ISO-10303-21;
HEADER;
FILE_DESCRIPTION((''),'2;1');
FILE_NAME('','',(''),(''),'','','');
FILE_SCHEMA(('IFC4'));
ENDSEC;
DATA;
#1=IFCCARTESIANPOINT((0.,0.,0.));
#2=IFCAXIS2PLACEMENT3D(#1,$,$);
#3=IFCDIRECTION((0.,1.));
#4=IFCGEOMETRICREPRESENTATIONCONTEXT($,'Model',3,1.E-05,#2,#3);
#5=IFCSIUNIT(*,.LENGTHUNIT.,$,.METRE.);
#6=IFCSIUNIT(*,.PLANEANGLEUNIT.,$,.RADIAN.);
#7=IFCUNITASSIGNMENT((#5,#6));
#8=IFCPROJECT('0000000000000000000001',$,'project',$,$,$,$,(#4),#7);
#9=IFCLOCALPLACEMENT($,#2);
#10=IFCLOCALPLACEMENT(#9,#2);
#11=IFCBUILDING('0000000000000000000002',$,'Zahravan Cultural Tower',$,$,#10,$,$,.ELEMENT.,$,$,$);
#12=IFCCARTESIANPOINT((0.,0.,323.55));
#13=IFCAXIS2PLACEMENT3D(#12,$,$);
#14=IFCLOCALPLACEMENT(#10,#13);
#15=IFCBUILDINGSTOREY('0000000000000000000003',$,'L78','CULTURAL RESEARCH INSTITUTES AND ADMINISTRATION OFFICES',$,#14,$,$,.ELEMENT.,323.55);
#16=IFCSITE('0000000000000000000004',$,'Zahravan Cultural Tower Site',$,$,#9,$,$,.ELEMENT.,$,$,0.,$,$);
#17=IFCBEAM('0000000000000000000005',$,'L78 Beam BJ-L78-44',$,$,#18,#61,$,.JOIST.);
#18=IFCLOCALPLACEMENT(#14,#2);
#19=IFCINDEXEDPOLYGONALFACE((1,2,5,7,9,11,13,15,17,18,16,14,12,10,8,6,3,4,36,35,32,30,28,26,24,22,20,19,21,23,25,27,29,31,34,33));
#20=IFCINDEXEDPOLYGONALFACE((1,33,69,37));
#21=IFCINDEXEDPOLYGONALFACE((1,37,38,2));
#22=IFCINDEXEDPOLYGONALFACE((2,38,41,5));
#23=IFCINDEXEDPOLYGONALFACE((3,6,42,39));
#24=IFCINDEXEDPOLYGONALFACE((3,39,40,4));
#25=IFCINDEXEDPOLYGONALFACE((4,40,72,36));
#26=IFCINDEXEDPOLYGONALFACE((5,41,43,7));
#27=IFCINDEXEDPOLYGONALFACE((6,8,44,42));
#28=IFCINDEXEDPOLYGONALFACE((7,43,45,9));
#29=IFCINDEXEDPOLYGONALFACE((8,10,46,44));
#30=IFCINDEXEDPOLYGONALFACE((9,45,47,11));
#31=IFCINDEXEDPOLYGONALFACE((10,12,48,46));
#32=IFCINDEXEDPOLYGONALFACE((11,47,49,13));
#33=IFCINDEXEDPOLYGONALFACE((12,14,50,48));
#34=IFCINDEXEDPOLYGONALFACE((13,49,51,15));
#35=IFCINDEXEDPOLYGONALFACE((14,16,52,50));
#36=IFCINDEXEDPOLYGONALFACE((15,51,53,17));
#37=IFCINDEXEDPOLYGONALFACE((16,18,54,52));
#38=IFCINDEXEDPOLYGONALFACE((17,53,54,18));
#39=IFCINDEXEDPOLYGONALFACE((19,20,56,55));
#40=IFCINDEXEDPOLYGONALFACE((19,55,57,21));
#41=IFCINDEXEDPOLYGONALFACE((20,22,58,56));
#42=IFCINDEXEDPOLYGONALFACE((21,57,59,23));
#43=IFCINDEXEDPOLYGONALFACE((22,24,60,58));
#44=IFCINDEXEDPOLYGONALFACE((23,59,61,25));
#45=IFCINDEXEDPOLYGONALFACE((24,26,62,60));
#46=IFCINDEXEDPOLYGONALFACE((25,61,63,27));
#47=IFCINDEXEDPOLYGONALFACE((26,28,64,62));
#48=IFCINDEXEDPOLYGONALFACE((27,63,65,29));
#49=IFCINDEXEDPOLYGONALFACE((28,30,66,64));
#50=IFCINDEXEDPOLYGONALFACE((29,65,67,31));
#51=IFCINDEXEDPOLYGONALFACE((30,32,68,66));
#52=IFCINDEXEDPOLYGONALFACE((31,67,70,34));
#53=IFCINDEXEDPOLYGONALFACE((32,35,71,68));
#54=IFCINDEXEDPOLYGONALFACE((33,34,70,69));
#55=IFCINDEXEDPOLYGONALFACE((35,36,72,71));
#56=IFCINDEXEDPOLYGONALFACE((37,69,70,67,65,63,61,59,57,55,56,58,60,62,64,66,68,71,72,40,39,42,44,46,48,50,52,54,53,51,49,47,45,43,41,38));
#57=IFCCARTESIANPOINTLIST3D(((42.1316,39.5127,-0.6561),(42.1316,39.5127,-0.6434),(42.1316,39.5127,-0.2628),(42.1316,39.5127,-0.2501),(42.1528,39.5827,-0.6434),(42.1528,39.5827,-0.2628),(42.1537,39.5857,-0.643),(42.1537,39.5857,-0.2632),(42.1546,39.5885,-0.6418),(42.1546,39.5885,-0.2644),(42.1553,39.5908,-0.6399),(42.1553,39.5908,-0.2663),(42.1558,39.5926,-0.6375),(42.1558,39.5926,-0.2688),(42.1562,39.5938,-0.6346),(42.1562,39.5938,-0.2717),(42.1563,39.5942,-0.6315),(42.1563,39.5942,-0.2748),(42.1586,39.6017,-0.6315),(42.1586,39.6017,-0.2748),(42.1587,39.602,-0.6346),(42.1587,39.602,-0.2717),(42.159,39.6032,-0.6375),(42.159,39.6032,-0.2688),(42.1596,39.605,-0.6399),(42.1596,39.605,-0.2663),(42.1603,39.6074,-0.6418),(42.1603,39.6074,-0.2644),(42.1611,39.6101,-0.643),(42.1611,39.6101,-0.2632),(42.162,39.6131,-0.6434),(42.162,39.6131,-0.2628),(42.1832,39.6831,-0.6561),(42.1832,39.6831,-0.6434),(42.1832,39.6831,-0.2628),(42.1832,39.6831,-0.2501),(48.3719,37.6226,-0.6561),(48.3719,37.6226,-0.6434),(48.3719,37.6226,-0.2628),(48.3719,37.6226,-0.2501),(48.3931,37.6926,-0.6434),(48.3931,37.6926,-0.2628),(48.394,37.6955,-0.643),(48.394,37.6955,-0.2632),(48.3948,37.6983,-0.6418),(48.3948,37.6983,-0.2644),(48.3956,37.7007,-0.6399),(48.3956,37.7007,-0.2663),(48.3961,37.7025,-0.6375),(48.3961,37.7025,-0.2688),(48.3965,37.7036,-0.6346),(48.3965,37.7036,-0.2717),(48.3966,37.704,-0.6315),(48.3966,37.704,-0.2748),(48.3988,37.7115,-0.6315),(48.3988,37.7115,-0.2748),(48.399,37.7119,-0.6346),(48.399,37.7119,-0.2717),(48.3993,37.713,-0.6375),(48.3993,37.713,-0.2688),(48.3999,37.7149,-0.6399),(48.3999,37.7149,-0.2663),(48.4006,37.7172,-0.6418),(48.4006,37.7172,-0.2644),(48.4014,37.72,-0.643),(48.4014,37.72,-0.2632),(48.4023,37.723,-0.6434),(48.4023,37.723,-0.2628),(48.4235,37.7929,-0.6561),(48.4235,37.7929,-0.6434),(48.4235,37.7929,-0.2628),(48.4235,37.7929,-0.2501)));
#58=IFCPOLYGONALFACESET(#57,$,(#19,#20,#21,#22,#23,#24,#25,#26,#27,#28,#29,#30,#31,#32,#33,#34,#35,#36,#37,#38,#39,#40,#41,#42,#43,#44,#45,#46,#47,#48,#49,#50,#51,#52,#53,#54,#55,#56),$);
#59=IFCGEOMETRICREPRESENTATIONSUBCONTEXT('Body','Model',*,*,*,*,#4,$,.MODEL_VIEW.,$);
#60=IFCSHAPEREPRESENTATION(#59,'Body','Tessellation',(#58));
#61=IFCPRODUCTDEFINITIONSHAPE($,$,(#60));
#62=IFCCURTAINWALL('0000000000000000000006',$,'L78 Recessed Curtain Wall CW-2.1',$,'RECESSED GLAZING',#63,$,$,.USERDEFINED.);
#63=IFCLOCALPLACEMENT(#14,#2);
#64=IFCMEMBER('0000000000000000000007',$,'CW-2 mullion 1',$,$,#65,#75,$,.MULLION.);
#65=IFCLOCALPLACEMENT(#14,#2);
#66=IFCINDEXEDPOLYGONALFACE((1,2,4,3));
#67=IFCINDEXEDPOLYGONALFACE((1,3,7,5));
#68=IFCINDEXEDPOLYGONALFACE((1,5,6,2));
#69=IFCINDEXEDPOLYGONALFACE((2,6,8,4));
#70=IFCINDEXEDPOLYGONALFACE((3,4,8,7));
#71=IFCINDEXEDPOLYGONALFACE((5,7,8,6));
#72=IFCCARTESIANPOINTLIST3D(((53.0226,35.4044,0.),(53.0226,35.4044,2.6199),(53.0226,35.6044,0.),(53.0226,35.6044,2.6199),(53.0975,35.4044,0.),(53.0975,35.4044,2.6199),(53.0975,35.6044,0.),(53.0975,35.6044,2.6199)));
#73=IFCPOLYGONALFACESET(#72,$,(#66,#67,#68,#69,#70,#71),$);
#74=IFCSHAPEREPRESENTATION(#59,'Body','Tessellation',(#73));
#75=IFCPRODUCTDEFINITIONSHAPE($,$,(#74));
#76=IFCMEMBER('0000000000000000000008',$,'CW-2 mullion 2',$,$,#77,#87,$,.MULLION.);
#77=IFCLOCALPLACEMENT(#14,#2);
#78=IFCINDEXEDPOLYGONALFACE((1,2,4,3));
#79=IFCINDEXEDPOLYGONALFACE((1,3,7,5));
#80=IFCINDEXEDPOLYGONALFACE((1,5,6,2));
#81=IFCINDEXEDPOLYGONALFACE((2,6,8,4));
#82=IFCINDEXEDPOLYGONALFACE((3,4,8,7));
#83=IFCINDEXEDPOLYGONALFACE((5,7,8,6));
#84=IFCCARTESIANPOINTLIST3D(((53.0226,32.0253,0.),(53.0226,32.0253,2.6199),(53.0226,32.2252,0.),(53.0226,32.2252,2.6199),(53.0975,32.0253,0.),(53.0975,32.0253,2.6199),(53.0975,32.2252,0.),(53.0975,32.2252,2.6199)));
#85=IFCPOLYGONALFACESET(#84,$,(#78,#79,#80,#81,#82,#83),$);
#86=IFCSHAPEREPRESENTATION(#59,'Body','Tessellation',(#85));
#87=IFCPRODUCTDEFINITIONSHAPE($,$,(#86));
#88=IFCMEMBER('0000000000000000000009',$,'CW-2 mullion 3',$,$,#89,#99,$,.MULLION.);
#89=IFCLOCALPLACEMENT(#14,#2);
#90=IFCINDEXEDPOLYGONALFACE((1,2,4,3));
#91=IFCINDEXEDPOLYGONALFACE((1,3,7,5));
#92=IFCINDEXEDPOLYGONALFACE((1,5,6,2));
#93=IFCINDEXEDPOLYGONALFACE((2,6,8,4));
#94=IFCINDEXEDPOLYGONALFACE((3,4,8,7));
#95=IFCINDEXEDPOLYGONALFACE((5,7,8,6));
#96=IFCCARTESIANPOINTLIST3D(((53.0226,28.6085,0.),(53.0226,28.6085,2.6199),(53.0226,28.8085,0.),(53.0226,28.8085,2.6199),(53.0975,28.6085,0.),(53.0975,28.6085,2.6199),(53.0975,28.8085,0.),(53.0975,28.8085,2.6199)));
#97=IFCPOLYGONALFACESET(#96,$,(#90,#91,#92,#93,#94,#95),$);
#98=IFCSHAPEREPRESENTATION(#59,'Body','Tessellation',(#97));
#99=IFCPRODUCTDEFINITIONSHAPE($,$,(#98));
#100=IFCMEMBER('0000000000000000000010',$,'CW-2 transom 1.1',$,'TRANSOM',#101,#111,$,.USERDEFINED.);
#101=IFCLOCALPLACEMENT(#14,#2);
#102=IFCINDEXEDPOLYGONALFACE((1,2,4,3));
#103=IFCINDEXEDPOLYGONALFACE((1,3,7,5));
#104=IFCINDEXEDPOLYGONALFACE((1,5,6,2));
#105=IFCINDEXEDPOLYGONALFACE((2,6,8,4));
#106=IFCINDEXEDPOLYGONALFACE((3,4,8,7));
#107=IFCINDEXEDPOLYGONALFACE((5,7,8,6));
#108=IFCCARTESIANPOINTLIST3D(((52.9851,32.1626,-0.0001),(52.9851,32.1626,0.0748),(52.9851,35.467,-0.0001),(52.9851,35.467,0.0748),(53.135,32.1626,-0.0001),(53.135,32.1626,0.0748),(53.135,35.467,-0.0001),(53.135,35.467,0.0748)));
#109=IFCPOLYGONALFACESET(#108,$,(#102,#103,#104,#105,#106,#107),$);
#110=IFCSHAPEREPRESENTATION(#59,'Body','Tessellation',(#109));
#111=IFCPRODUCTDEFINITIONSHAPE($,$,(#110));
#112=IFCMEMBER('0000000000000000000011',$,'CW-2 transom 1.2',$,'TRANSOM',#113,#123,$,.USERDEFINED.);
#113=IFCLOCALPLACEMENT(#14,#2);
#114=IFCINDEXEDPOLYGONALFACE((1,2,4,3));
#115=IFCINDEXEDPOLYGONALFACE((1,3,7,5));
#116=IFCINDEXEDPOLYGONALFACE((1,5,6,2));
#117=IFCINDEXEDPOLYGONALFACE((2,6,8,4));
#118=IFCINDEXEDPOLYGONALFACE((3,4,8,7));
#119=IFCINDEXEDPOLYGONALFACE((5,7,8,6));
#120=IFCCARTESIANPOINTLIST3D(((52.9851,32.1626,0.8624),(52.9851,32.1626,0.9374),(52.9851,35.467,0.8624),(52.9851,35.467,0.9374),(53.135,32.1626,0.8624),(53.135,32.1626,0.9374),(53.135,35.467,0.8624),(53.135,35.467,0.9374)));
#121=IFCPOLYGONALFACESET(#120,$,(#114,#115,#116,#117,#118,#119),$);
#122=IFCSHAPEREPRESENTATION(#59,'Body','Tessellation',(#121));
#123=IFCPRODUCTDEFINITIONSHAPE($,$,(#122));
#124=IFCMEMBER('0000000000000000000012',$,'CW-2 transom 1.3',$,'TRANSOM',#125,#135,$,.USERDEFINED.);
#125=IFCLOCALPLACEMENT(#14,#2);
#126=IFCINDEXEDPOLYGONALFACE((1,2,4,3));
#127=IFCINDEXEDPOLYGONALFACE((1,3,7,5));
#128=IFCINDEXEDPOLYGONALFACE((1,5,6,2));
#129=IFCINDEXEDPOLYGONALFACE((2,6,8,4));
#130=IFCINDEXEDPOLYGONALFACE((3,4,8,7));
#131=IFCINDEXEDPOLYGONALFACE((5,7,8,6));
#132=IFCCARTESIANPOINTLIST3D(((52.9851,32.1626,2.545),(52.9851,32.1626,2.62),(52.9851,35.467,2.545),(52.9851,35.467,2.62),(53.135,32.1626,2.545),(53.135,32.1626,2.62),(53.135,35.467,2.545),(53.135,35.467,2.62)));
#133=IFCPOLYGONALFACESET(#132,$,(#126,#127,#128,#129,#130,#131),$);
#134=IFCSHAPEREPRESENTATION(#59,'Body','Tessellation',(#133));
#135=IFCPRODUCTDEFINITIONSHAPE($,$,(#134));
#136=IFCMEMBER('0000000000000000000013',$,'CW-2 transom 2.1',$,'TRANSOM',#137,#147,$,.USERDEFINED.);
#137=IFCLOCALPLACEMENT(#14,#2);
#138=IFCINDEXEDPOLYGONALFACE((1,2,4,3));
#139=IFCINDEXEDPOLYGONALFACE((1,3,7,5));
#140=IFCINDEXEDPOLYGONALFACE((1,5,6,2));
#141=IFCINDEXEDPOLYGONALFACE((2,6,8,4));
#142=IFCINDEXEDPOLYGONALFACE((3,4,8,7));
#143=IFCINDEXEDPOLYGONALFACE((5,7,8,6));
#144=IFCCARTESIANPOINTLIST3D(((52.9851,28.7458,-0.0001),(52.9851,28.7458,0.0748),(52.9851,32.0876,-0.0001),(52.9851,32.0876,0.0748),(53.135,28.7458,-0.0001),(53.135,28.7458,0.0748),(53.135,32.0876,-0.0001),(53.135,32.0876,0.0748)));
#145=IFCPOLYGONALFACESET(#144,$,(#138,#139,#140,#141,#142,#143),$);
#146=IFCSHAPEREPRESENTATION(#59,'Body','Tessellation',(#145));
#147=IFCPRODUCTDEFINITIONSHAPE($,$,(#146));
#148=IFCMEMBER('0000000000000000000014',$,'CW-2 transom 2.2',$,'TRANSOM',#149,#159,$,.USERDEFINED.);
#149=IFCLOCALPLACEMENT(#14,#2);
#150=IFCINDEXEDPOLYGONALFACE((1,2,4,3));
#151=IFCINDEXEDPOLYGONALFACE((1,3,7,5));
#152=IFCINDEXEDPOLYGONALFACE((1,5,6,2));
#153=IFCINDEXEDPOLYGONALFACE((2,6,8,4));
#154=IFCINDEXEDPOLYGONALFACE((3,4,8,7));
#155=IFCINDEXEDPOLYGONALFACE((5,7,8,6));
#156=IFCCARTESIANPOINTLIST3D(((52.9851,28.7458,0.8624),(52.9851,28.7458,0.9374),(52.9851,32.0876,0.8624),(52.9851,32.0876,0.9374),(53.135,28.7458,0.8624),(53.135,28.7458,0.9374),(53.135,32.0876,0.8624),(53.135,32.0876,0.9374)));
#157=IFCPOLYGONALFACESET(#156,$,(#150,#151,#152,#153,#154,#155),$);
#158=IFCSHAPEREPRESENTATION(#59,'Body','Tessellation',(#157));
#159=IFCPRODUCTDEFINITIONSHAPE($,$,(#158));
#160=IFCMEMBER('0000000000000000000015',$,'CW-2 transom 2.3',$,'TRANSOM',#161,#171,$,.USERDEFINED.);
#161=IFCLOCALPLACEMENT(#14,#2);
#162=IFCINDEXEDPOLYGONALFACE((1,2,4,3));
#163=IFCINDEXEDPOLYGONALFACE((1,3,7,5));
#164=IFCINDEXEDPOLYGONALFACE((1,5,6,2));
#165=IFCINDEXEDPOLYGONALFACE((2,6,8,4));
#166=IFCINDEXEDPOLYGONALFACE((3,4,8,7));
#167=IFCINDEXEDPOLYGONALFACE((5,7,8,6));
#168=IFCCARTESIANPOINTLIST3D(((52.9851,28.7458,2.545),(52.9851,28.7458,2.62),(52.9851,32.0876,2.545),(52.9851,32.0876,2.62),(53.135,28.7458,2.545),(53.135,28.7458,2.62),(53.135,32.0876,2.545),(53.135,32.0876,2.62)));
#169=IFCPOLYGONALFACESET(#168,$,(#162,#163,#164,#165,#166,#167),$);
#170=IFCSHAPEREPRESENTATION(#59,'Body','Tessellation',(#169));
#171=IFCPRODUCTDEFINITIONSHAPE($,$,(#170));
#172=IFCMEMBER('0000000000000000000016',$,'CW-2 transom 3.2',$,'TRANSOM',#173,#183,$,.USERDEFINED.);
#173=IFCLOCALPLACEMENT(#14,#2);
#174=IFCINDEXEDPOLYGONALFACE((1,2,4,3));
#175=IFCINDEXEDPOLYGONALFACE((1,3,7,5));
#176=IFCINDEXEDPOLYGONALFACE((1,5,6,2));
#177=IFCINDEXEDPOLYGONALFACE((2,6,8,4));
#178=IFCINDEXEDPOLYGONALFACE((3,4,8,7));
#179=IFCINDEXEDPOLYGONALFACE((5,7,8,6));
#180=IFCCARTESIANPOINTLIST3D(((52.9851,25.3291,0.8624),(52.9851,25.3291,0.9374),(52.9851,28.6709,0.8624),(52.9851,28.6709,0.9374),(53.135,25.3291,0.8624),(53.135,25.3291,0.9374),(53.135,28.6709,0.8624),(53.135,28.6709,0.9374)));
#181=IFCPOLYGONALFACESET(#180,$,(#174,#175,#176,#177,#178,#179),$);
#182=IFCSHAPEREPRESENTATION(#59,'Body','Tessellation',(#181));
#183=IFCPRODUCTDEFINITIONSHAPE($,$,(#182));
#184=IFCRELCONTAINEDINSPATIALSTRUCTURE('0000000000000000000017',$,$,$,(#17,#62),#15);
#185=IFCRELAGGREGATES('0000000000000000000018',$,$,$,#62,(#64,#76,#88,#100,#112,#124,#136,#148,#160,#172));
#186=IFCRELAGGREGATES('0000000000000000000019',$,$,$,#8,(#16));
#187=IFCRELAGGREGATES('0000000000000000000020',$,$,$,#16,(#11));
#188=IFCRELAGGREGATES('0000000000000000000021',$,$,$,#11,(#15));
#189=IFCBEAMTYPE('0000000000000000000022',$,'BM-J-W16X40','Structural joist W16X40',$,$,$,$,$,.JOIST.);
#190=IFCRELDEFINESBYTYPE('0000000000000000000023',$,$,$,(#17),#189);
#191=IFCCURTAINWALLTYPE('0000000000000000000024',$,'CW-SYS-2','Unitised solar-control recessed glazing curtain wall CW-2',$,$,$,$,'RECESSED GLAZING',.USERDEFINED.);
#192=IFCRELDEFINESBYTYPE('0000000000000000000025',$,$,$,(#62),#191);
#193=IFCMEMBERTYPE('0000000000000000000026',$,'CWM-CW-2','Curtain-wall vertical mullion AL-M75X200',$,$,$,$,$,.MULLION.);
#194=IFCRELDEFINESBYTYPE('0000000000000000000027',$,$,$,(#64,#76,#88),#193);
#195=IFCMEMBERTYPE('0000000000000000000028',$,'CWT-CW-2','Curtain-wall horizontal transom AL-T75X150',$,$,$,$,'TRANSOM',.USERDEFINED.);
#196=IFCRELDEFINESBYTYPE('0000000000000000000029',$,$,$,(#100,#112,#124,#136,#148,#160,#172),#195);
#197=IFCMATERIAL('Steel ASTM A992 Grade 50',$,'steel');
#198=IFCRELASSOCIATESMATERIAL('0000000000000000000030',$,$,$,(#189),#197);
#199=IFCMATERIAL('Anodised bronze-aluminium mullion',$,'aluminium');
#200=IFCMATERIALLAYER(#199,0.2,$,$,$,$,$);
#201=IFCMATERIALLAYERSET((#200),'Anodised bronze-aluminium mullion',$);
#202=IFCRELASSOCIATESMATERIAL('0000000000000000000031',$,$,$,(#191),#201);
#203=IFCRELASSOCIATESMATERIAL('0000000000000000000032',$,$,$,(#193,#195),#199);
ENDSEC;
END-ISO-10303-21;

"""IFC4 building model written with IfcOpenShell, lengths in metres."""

from ifc_helpers import new_model, si_unit, direction, frame, origin, origin_2d, place, context, subcontext, project, spatial, rectangle, i_section, extrude, source, transform, mapped, material, layer, layer_set, material_profile, profile_set, type_object, element, aggregate, save


model = new_model("IFC4")

# Units and contexts
model_context = context("Model", 3, precision=1e-05, world=origin(), true_north=direction((0.0, 1.0)))
body_context = subcontext(model_context, "Body", "Model", "MODEL_VIEW")
ifc_project = project(units=[si_unit("LENGTHUNIT", "METRE"), si_unit("PLANEANGLEUNIT", "RADIAN")], contexts=[model_context])

# Site, building, storey
site_placement = place(None, origin())
site = spatial("IfcSite", under=ifc_project, at=site_placement, Name="Zahravan Cultural Tower Site", CompositionType="ELEMENT", RefElevation=0.0)
building_placement = place(site_placement, origin())
building = spatial("IfcBuilding", under=site, at=building_placement, Name="Zahravan Cultural Tower", CompositionType="ELEMENT")
storey_placement = place(building_placement, frame((0.0, 0.0, 323.55)))
storey = spatial("IfcBuildingStorey", under=building, at=storey_placement, Name="L78", Description="CULTURAL RESEARCH INSTITUTES AND ADMINISTRATION OFFICES", CompositionType="ELEMENT", Elevation=323.55)

# Beam
ifc_material_1 = material(Name="Steel ASTM A992 Grade 50", Category="steel")
ifc_material_profile_1 = material_profile(ifc_material_1, i_section(OverallWidth=0.178, OverallDepth=0.406, WebThickness=0.0078, FlangeThickness=0.0127, FilletRadius=0.012, at=origin_2d()), Name="W16X40")
ifc_profile_set_1 = profile_set([ifc_material_profile_1], Name="Steel ASTM A992 Grade 50")
beam_type_1 = type_object("IfcBeamType", Name="BM-J-W16X40", Description="Structural joist W16X40", PredefinedType="JOIST", material=ifc_profile_set_1)
shared_shape_1 = source(origin(), body_context, "Body", "SweptSolid", [
    extrude(i_section(OverallWidth=0.178, OverallDepth=0.406, WebThickness=0.0078, FlangeThickness=0.0127, FilletRadius=0.012, at=origin_2d()), origin(), (0.0, 0.0, 1.0), 6.5203),
])
beam_1_placement = place(storey_placement, frame((48.3977, 37.7078, -0.4531), z_axis=(-0.95706, 0.289889, 0.0), x_axis=(-0.289889, -0.95706, 0.0)))
element("IfcBeam", 1, at=beam_1_placement, inside=storey, type_object=beam_type_1, Name="L78 Beam BJ-L78-44", PredefinedType="JOIST", context=body_context, shape_type="MappedRepresentation", body=[
    mapped(shared_shape_1, transform((0.0, 0.0, 0.0), x_axis=(1.0, 0.0, 0.0), y_axis=(0.0, 1.0, 0.0), z_axis=(0.0, 0.0, 1.0), scale=1.0)),
])

# Curtain wall, members
ifc_material_2 = material(Name="Anodised bronze-aluminium mullion", Category="aluminium")
ifc_layer_1 = layer(ifc_material_2, 0.2)
ifc_layer_set_1 = layer_set([ifc_layer_1], Name="Anodised bronze-aluminium mullion")
curtain_wall_type = type_object("IfcCurtainWallType", Name="CW-SYS-2", Description="Unitised solar-control recessed glazing curtain wall CW-2", ElementType="RECESSED GLAZING", PredefinedType="USERDEFINED", material=ifc_layer_set_1)
curtain_wall_placement = place(storey_placement, origin())
curtain_wall = element("IfcCurtainWall", 2, at=curtain_wall_placement, inside=storey, type_object=curtain_wall_type, Name="L78 Recessed Curtain Wall CW-2.1", ObjectType="RECESSED GLAZING", PredefinedType="USERDEFINED")
ifc_material_profile_2 = material_profile(ifc_material_2, rectangle(XDim=0.075, YDim=0.2, at=origin_2d()), Name="AL-M75X200")
ifc_profile_set_2 = profile_set([ifc_material_profile_2], Name="Anodised bronze-aluminium mullion")
member_type_1 = type_object("IfcMemberType", Name="CWM-CW-2", Description="Curtain-wall vertical mullion AL-M75X200", PredefinedType="MULLION", material=ifc_profile_set_2)
shared_shape_2 = source(origin(), body_context, "Body", "SweptSolid", [
    extrude(rectangle(XDim=0.075, YDim=0.2, at=origin_2d()), origin(), (0.0, 0.0, 1.0), 2.6199),
])
member_1_placement = place(storey_placement, frame((53.0601, 35.5044, 0.0), z_axis=(0.0, 0.0, 1.0), x_axis=(1.0, 0.0, 0.0)))
member_1 = element("IfcMember", 3, at=member_1_placement, type_object=member_type_1, Name="CW-2 mullion 1", PredefinedType="MULLION", context=body_context, shape_type="MappedRepresentation", body=[
    mapped(shared_shape_2, transform((0.0, 0.0, 0.0), x_axis=(1.0, 0.0, 0.0), y_axis=(0.0, 1.0, 0.0), z_axis=(0.0, 0.0, 1.0), scale=1.0)),
])
member_2_placement = place(storey_placement, frame((53.0601, 32.1252, 0.0), z_axis=(0.0, 0.0, 1.0), x_axis=(1.0, 0.0, 0.0)))
member_2 = element("IfcMember", 4, at=member_2_placement, type_object=member_type_1, Name="CW-2 mullion 2", PredefinedType="MULLION", context=body_context, shape_type="MappedRepresentation", body=[
    mapped(shared_shape_2, transform((0.0, 0.0, 0.0), x_axis=(1.0, 0.0, 0.0), y_axis=(0.0, 1.0, 0.0), z_axis=(0.0, 0.0, 1.0), scale=1.0)),
])
member_3_placement = place(storey_placement, frame((53.0601, 28.7085, 0.0), z_axis=(0.0, 0.0, 1.0), x_axis=(1.0, 0.0, 0.0)))
member_3 = element("IfcMember", 5, at=member_3_placement, type_object=member_type_1, Name="CW-2 mullion 3", PredefinedType="MULLION", context=body_context, shape_type="MappedRepresentation", body=[
    mapped(shared_shape_2, transform((0.0, 0.0, 0.0), x_axis=(1.0, 0.0, 0.0), y_axis=(0.0, 1.0, 0.0), z_axis=(0.0, 0.0, 1.0), scale=1.0)),
])
ifc_material_profile_3 = material_profile(ifc_material_2, rectangle(XDim=0.1499, YDim=0.075, at=origin_2d()), Name="AL-T75X150")
ifc_profile_set_3 = profile_set([ifc_material_profile_3], Name="Anodised bronze-aluminium mullion")
member_type_2 = type_object("IfcMemberType", Name="CWT-CW-2", Description="Curtain-wall horizontal transom AL-T75X150", ElementType="TRANSOM", PredefinedType="USERDEFINED", material=ifc_profile_set_3)
shared_shape_3 = source(origin(), body_context, "Body", "SweptSolid", [
    extrude(rectangle(XDim=0.1499, YDim=0.075, at=origin_2d()), origin(), (0.0, 0.0, 1.0), 3.3044),
])
member_4_placement = place(storey_placement, frame((53.0601, 35.467, 0.0374), z_axis=(0.0, -1.0, 0.0), x_axis=(1.0, 0.0, 0.0)))
member_4 = element("IfcMember", 6, at=member_4_placement, type_object=member_type_2, Name="CW-2 transom 1.1", ObjectType="TRANSOM", PredefinedType="USERDEFINED", context=body_context, shape_type="MappedRepresentation", body=[
    mapped(shared_shape_3, transform((0.0, 0.0, 0.0), x_axis=(1.0, 0.0, 0.0), y_axis=(0.0, 1.0, 0.0), z_axis=(0.0, 0.0, 1.0), scale=1.0)),
])
member_5_placement = place(storey_placement, frame((53.0601, 35.467, 0.8999), z_axis=(0.0, -1.0, 0.0), x_axis=(1.0, 0.0, 0.0)))
member_5 = element("IfcMember", 7, at=member_5_placement, type_object=member_type_2, Name="CW-2 transom 1.2", ObjectType="TRANSOM", PredefinedType="USERDEFINED", context=body_context, shape_type="MappedRepresentation", body=[
    mapped(shared_shape_3, transform((0.0, 0.0, 0.0), x_axis=(1.0, 0.0, 0.0), y_axis=(0.0, 1.0, 0.0), z_axis=(0.0, 0.0, 1.0), scale=1.0)),
])
member_6_placement = place(storey_placement, frame((53.0601, 35.467, 2.5825), z_axis=(0.0, -1.0, 0.0), x_axis=(1.0, 0.0, 0.0)))
member_6 = element("IfcMember", 8, at=member_6_placement, type_object=member_type_2, Name="CW-2 transom 1.3", ObjectType="TRANSOM", PredefinedType="USERDEFINED", context=body_context, shape_type="MappedRepresentation", body=[
    mapped(shared_shape_3, transform((0.0, 0.0, 0.0), x_axis=(1.0, 0.0, 0.0), y_axis=(0.0, 1.0, 0.0), z_axis=(0.0, 0.0, 1.0), scale=1.0)),
])
shared_shape_4 = source(origin(), body_context, "Body", "SweptSolid", [
    extrude(rectangle(XDim=0.1499, YDim=0.075, at=origin_2d()), origin(), (0.0, 0.0, 1.0), 3.3418),
])
member_7_placement = place(storey_placement, frame((53.0601, 32.0876, 0.0374), z_axis=(0.0, -1.0, 0.0), x_axis=(1.0, 0.0, 0.0)))
member_7 = element("IfcMember", 9, at=member_7_placement, type_object=member_type_2, Name="CW-2 transom 2.1", ObjectType="TRANSOM", PredefinedType="USERDEFINED", context=body_context, shape_type="MappedRepresentation", body=[
    mapped(shared_shape_4, transform((0.0, 0.0, 0.0), x_axis=(1.0, 0.0, 0.0), y_axis=(0.0, 1.0, 0.0), z_axis=(0.0, 0.0, 1.0), scale=1.0)),
])
member_8_placement = place(storey_placement, frame((53.0601, 32.0876, 0.8999), z_axis=(0.0, -1.0, 0.0), x_axis=(1.0, 0.0, 0.0)))
member_8 = element("IfcMember", 10, at=member_8_placement, type_object=member_type_2, Name="CW-2 transom 2.2", ObjectType="TRANSOM", PredefinedType="USERDEFINED", context=body_context, shape_type="MappedRepresentation", body=[
    mapped(shared_shape_4, transform((0.0, 0.0, 0.0), x_axis=(1.0, 0.0, 0.0), y_axis=(0.0, 1.0, 0.0), z_axis=(0.0, 0.0, 1.0), scale=1.0)),
])
member_9_placement = place(storey_placement, frame((53.0601, 32.0876, 2.5825), z_axis=(0.0, -1.0, 0.0), x_axis=(1.0, 0.0, 0.0)))
member_9 = element("IfcMember", 11, at=member_9_placement, type_object=member_type_2, Name="CW-2 transom 2.3", ObjectType="TRANSOM", PredefinedType="USERDEFINED", context=body_context, shape_type="MappedRepresentation", body=[
    mapped(shared_shape_4, transform((0.0, 0.0, 0.0), x_axis=(1.0, 0.0, 0.0), y_axis=(0.0, 1.0, 0.0), z_axis=(0.0, 0.0, 1.0), scale=1.0)),
])
member_10_placement = place(storey_placement, frame((53.0601, 28.6709, 0.8999), z_axis=(0.0, -1.0, 0.0), x_axis=(1.0, 0.0, 0.0)))
member_10 = element("IfcMember", 12, at=member_10_placement, type_object=member_type_2, Name="CW-2 transom 3.2", ObjectType="TRANSOM", PredefinedType="USERDEFINED", context=body_context, shape_type="MappedRepresentation", body=[
    mapped(shared_shape_4, transform((0.0, 0.0, 0.0), x_axis=(1.0, 0.0, 0.0), y_axis=(0.0, 1.0, 0.0), z_axis=(0.0, 0.0, 1.0), scale=1.0)),
])
aggregate(curtain_wall, [member_1, member_2, member_3, member_4, member_5, member_6, member_7, member_8, member_9, member_10])

save(model, "model.ifc")
